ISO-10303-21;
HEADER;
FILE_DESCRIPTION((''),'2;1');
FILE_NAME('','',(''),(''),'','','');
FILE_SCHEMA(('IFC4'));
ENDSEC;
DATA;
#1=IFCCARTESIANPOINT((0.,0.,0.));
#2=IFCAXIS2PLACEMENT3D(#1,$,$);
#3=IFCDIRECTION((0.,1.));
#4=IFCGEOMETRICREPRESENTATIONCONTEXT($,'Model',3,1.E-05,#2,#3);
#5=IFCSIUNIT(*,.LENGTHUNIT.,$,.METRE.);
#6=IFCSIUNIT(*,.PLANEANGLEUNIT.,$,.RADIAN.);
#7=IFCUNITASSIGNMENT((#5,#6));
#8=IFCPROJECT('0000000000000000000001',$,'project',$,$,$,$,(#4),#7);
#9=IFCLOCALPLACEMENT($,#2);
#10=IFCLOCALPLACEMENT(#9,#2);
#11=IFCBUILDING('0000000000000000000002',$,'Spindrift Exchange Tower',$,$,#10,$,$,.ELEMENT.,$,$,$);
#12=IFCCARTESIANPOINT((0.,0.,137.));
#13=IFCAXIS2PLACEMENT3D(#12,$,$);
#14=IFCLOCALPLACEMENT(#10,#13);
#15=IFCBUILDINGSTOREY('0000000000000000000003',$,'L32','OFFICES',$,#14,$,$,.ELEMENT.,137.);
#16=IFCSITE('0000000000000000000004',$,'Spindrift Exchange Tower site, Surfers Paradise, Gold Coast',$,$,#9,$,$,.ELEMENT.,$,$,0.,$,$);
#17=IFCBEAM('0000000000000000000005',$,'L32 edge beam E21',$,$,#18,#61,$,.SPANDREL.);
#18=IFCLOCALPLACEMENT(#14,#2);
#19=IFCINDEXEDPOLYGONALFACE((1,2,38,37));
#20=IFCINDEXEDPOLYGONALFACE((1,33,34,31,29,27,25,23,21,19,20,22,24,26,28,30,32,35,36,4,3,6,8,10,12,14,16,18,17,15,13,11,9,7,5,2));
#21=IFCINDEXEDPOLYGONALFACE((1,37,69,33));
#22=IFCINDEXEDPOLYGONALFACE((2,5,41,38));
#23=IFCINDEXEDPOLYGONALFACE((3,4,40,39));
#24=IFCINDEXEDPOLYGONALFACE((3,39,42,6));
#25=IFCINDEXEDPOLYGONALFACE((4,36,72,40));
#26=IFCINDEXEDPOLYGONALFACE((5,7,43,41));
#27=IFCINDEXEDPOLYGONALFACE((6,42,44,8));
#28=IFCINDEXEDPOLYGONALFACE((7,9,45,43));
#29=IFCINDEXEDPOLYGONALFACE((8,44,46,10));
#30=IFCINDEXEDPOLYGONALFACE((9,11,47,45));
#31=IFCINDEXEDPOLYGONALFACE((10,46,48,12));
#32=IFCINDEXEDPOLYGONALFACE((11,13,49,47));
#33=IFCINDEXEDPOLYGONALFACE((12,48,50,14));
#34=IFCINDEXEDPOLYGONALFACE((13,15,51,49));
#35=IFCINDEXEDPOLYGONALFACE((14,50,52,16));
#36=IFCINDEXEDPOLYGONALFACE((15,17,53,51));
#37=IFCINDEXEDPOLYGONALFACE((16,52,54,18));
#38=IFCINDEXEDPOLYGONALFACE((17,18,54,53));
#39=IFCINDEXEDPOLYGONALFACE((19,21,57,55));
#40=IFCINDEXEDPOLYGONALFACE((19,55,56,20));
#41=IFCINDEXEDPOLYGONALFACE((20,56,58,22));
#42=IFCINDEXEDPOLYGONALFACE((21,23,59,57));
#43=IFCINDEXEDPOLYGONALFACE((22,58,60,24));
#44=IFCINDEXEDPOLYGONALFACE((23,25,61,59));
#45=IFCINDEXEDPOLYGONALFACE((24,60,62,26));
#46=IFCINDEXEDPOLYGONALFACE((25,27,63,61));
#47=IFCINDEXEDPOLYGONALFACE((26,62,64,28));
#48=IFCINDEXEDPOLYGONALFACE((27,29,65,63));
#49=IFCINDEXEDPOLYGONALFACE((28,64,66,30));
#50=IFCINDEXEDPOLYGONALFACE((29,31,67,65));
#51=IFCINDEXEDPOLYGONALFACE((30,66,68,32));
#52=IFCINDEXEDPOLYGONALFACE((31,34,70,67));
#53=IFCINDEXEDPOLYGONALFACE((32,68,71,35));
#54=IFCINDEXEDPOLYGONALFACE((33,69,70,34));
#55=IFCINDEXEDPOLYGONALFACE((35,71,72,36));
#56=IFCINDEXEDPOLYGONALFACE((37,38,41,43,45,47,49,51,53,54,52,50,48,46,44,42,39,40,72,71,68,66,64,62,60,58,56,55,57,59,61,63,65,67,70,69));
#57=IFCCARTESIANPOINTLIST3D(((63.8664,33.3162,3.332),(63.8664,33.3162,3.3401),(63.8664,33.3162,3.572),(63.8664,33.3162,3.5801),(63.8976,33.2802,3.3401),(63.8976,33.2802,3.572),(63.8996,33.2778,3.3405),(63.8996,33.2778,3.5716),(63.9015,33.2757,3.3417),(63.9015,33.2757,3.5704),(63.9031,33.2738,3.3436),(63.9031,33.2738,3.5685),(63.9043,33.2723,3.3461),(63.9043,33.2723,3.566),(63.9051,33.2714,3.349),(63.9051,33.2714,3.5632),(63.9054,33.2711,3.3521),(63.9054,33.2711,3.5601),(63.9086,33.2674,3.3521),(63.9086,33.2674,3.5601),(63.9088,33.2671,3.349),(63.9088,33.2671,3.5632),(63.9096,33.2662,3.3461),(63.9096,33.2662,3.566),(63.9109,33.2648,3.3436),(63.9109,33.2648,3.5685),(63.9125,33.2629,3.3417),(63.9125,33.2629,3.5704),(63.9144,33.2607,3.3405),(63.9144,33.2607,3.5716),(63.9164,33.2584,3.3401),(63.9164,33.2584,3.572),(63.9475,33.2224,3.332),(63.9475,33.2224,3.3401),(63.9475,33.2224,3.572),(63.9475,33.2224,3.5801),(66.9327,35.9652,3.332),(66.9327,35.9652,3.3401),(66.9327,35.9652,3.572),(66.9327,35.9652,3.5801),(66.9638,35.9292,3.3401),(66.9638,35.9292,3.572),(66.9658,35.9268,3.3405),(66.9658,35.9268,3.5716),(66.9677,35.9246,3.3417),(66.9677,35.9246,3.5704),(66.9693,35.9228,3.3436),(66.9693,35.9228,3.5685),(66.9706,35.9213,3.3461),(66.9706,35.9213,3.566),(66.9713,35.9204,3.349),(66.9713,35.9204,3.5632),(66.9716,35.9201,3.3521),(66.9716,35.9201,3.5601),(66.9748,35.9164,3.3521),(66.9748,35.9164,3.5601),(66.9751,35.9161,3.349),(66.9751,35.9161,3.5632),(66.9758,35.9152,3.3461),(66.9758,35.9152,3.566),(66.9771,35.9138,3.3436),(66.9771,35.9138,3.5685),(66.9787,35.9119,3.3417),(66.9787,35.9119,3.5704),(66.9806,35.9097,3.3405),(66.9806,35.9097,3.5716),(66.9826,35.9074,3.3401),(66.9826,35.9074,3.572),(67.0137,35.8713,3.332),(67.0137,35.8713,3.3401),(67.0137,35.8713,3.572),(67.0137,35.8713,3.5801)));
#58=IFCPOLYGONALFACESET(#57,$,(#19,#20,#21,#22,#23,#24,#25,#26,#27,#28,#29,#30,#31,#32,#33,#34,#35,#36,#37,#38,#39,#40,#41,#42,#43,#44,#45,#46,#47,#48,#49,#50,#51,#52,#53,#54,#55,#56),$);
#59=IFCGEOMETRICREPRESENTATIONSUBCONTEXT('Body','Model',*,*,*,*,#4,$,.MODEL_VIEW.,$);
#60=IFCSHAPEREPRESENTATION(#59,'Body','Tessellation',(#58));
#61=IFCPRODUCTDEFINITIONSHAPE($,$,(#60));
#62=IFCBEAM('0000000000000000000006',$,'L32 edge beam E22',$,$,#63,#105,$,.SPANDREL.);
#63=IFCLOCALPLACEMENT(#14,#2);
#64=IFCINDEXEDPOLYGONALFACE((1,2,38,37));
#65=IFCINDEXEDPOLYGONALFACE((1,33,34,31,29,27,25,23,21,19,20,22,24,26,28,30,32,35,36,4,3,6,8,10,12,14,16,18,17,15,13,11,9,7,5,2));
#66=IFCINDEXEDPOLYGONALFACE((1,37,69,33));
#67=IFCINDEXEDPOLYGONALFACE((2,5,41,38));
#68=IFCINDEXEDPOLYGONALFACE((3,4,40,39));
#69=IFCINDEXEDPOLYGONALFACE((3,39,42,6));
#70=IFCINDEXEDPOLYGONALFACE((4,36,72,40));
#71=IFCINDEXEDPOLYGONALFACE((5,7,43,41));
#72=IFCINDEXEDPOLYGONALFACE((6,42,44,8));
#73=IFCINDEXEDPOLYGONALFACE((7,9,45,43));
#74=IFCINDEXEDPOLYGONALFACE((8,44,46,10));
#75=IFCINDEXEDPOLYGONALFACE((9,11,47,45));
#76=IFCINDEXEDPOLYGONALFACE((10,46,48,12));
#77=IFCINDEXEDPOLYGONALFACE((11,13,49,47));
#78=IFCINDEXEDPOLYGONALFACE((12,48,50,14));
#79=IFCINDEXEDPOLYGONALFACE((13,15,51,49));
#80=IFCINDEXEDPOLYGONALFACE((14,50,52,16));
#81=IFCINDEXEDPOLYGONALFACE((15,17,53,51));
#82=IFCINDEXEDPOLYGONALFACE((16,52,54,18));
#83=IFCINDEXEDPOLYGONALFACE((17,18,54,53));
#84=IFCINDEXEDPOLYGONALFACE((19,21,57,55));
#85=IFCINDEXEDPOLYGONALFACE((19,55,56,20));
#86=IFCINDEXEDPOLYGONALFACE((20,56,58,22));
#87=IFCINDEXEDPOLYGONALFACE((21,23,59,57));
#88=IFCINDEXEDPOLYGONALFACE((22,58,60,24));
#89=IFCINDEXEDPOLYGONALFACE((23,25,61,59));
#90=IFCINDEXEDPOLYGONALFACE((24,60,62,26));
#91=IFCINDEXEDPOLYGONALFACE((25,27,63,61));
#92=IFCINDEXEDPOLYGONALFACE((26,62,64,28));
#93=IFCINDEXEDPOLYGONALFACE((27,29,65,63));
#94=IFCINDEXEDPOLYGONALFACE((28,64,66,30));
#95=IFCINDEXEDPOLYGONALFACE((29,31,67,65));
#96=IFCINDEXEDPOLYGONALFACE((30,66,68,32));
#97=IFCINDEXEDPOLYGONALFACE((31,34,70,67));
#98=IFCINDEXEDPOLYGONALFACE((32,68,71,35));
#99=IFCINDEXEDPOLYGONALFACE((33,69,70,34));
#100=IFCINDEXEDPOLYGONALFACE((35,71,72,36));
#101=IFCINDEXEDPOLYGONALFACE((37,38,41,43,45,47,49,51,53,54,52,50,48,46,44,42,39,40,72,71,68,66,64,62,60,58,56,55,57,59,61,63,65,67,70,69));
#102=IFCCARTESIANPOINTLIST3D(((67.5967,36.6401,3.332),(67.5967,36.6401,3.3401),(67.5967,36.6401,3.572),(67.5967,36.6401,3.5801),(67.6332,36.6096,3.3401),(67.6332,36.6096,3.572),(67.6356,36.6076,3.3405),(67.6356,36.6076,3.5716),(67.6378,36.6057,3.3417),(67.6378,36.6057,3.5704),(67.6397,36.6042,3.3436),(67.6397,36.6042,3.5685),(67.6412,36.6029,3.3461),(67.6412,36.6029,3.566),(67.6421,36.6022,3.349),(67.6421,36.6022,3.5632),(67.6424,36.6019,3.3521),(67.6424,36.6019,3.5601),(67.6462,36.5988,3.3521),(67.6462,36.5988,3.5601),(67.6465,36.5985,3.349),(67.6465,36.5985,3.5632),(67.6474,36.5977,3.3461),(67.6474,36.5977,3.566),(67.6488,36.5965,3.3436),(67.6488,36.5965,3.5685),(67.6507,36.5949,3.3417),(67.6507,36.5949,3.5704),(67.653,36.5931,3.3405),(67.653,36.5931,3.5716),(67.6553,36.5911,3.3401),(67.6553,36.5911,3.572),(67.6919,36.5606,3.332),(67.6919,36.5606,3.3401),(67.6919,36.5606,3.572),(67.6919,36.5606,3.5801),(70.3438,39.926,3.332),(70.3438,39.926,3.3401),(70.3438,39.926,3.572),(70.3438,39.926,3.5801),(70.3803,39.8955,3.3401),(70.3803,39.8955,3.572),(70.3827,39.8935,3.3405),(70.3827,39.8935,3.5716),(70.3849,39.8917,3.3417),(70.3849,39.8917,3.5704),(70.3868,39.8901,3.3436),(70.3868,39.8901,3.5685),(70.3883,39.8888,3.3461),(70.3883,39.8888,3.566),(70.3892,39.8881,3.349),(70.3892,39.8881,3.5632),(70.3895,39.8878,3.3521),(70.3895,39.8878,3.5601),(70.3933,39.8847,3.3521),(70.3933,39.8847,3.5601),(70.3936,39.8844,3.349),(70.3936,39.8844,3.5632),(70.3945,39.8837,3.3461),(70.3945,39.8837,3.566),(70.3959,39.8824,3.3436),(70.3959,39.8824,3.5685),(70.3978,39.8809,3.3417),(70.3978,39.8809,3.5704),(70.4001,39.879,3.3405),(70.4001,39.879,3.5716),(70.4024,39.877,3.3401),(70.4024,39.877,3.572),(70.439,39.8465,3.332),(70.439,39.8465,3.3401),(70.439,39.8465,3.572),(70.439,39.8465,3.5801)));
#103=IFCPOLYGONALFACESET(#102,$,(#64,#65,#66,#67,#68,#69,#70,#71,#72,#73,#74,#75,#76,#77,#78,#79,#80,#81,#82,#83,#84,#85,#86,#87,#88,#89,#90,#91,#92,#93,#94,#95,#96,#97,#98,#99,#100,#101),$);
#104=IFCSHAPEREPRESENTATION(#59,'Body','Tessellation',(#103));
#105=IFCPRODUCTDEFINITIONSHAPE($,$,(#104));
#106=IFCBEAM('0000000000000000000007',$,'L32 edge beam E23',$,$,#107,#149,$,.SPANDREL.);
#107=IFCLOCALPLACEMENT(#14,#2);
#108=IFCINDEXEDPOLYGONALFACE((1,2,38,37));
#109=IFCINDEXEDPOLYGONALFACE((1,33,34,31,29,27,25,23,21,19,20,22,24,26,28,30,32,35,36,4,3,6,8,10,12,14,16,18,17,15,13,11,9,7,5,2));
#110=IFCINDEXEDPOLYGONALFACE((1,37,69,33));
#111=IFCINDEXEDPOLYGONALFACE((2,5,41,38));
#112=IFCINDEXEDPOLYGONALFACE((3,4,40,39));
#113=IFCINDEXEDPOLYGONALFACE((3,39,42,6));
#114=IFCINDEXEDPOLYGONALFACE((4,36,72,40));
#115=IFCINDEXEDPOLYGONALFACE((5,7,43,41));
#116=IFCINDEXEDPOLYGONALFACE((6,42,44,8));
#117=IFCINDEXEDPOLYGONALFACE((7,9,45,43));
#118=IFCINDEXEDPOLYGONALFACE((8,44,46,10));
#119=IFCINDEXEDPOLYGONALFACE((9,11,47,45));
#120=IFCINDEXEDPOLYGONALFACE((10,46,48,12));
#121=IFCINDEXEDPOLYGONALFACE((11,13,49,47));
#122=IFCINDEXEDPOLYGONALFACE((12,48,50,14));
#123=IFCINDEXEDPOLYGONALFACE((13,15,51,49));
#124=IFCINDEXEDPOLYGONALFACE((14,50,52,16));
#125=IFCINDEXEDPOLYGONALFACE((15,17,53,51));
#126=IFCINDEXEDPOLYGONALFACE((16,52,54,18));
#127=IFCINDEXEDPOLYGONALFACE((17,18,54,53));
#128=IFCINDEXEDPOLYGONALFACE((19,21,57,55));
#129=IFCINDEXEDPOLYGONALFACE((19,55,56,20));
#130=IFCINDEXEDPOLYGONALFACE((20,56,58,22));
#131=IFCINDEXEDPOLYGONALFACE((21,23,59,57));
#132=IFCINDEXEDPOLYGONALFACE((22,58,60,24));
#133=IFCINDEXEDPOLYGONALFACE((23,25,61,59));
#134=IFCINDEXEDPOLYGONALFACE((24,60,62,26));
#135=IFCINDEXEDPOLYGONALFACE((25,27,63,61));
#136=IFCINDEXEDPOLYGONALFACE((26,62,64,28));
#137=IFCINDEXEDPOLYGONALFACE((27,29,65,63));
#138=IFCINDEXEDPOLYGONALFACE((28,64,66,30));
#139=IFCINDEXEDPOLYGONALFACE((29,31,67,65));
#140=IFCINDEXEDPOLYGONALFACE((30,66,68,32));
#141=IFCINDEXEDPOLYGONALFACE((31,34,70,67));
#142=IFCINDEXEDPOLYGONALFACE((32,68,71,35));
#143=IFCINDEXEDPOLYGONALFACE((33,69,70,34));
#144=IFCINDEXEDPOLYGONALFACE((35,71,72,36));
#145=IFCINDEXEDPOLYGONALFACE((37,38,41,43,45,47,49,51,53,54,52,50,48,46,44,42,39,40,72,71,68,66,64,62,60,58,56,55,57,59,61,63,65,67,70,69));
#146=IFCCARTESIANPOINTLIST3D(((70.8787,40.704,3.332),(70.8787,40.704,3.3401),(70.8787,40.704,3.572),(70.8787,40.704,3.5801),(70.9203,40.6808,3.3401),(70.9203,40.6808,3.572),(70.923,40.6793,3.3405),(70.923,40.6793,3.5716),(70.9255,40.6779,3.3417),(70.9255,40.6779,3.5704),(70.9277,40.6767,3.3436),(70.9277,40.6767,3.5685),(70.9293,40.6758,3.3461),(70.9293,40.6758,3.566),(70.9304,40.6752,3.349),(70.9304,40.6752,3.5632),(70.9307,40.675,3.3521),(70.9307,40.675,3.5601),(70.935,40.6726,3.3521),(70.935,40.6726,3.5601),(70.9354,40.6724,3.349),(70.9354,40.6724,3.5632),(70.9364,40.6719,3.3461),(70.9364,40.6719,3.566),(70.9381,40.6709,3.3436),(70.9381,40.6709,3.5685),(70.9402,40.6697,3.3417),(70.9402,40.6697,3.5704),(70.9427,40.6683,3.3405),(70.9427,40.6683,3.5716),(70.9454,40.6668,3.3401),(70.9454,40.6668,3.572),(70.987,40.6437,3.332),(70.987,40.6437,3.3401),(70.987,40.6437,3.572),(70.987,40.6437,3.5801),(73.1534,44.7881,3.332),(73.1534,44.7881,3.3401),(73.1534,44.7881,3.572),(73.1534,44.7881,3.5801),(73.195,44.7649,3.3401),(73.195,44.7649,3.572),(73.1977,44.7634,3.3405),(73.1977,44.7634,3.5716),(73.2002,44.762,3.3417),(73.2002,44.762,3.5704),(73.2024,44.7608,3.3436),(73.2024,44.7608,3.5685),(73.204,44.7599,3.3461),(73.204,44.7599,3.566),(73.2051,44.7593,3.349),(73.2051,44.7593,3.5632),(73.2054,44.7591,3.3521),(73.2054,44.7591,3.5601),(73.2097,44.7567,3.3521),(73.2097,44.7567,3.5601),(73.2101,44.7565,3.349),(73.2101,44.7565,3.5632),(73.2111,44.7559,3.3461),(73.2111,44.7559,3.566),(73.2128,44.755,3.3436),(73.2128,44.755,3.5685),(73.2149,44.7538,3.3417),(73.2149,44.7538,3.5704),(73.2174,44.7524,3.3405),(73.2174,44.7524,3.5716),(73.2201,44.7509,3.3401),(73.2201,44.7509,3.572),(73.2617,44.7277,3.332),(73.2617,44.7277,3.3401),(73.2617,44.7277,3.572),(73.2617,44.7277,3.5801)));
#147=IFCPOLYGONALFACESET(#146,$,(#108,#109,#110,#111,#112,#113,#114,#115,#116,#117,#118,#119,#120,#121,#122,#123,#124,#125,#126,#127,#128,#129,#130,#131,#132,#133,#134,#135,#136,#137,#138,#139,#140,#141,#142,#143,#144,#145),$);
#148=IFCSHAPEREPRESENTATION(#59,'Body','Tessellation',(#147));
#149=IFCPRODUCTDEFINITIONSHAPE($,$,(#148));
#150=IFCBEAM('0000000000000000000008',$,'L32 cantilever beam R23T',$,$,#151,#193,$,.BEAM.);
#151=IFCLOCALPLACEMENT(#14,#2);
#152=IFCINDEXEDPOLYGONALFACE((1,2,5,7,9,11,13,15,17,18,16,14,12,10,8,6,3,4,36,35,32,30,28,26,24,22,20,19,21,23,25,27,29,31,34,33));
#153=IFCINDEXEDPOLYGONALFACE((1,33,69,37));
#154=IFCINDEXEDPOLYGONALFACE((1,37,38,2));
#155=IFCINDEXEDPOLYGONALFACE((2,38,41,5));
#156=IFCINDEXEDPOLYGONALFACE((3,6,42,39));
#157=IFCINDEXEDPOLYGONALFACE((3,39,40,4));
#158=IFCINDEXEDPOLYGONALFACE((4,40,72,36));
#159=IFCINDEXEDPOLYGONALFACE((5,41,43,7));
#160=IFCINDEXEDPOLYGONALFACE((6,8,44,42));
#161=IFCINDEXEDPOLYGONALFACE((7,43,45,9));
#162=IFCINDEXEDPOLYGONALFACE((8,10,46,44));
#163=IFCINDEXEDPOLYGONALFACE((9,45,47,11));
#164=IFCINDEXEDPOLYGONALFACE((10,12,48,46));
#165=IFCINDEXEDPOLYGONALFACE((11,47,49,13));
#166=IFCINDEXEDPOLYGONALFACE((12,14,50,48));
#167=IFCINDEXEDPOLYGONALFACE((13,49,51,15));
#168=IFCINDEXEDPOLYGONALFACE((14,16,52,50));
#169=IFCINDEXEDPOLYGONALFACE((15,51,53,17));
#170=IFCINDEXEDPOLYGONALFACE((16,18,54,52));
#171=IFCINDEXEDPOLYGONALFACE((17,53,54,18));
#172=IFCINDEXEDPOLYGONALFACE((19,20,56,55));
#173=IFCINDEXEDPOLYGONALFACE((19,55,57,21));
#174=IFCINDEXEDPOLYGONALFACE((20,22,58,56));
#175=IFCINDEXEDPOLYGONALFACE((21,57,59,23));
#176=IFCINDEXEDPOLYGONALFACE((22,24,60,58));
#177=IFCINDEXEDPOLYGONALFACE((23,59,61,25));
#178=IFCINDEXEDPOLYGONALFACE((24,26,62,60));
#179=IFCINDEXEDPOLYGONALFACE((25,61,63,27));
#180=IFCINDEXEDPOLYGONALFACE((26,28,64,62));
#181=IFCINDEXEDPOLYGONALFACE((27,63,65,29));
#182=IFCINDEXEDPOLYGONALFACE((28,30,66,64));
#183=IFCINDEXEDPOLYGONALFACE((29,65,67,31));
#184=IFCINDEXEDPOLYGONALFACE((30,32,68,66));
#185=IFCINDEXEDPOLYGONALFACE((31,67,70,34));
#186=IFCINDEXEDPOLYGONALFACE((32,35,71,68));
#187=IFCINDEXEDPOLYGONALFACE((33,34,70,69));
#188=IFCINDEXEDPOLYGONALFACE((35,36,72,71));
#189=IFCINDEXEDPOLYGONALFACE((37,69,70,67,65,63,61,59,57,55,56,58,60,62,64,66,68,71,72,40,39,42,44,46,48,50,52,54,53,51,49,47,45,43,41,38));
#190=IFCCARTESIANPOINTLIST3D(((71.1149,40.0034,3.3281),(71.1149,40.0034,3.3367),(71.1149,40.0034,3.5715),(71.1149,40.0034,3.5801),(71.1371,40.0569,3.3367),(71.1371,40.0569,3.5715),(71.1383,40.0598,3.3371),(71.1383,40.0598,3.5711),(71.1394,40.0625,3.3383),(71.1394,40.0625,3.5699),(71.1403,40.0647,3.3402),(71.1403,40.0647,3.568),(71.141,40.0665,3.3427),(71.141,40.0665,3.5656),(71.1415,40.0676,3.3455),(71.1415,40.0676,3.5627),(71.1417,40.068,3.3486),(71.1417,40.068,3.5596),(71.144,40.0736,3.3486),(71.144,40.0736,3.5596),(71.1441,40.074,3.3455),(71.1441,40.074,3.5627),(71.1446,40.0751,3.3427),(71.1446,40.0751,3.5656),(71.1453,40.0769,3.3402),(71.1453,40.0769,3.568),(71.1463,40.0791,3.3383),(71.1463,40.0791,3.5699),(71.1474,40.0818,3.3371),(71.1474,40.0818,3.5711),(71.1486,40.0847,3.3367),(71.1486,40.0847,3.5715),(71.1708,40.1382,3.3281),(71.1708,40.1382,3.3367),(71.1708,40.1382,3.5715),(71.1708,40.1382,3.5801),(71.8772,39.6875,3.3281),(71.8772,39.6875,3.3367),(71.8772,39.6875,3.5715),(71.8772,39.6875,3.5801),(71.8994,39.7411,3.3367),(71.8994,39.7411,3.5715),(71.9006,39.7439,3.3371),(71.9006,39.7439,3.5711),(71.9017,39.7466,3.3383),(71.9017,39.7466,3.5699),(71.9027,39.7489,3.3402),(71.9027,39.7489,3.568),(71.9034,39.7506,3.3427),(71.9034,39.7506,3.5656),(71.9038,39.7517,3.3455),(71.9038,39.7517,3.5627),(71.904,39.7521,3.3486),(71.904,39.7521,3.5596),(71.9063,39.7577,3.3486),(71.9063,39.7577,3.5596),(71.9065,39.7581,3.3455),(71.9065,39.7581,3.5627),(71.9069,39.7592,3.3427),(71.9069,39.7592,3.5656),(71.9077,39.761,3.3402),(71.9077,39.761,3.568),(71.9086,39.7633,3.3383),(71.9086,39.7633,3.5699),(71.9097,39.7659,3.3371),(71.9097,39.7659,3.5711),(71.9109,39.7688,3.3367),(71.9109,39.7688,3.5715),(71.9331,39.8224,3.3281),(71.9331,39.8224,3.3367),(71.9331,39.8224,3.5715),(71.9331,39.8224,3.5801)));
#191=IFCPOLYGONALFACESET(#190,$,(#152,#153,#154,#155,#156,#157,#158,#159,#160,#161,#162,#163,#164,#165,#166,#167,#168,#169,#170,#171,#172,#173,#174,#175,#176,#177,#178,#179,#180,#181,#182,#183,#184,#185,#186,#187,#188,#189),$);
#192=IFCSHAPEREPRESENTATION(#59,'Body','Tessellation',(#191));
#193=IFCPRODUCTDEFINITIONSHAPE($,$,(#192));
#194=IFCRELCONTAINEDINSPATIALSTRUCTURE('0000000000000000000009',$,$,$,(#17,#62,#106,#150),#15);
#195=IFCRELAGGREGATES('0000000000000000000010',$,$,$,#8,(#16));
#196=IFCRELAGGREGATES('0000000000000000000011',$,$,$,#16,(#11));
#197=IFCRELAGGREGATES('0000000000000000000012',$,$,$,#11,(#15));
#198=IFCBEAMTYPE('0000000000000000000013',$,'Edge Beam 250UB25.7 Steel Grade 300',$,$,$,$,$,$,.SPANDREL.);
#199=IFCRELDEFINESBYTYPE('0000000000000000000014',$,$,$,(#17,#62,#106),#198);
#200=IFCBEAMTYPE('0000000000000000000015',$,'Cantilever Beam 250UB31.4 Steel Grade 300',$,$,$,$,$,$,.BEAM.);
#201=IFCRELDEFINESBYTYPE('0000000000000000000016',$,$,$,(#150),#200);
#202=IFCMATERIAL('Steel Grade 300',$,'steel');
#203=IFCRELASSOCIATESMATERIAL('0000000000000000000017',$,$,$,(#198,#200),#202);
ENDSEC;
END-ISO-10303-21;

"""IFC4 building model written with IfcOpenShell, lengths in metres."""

from ifc_helpers import new_model, si_unit, direction, frame, origin, origin_2d, place, context, subcontext, project, spatial, i_section, extrude, source, transform, mapped, material, material_profile, profile_set, type_object, element, save


model = new_model("IFC4")

# Units and contexts
model_context = context("Model", 3, precision=1e-05, world=origin(), true_north=direction((0.0, 1.0)))
body_context = subcontext(model_context, "Body", "Model", "MODEL_VIEW")
ifc_project = project(units=[si_unit("LENGTHUNIT", "METRE"), si_unit("PLANEANGLEUNIT", "RADIAN")], contexts=[model_context])

# Site, building, storey
site_placement = place(None, origin())
site = spatial("IfcSite", under=ifc_project, at=site_placement, Name="Spindrift Exchange Tower site, Surfers Paradise, Gold Coast", CompositionType="ELEMENT", RefElevation=0.0)
building_placement = place(site_placement, origin())
building = spatial("IfcBuilding", under=site, at=building_placement, Name="Spindrift Exchange Tower", CompositionType="ELEMENT")
storey_placement = place(building_placement, frame((0.0, 0.0, 137.0)))
storey = spatial("IfcBuildingStorey", under=building, at=storey_placement, Name="L32", Description="OFFICES", CompositionType="ELEMENT", Elevation=137.0)

# Beams
ifc_material_1 = material(Name="Steel Grade 300", Category="steel")
ifc_material_profile_1 = material_profile(ifc_material_1, i_section(OverallWidth=0.124, OverallDepth=0.248, WebThickness=0.0049, FlangeThickness=0.0081, FilletRadius=0.012, at=origin_2d()), Name="250UB25.7")
ifc_profile_set_1 = profile_set([ifc_material_profile_1], Name="Steel Grade 300")
beam_type_1 = type_object("IfcBeamType", Name="Edge Beam 250UB25.7 Steel Grade 300", PredefinedType="SPANDREL", material=ifc_profile_set_1)
shared_shape_1 = source(origin(), body_context, "Body", "SweptSolid", [
    extrude(i_section(OverallWidth=0.124, OverallDepth=0.248, WebThickness=0.0049, FlangeThickness=0.0081, FilletRadius=0.012, at=origin_2d()), origin(), (0.0, 0.0, 1.0), 4.052),
])
beam_1_placement = place(storey_placement, frame((63.907, 33.2693, 3.4561), z_axis=(0.756716, 0.653744, 0.0), x_axis=(-0.653744, 0.756716, 0.0)))
element("IfcBeam", 1, at=beam_1_placement, inside=storey, type_object=beam_type_1, Name="L32 edge beam E21", PredefinedType="SPANDREL", context=body_context, shape_type="MappedRepresentation", body=[
    mapped(shared_shape_1, transform((0.0, 0.0, 0.0), scale=1.0)),
])
shared_shape_2 = source(origin(), body_context, "Body", "SweptSolid", [
    extrude(i_section(OverallWidth=0.124, OverallDepth=0.248, WebThickness=0.0049, FlangeThickness=0.0081, FilletRadius=0.012, at=origin_2d()), origin(), (0.0, 0.0, 1.0), 4.283),
])
beam_2_placement = place(storey_placement, frame((67.6443, 36.6003, 3.4561), z_axis=(0.6414, 0.767206, 0.0), x_axis=(-0.767206, 0.6414, 0.0)))
element("IfcBeam", 2, at=beam_2_placement, inside=storey, type_object=beam_type_1, Name="L32 edge beam E22", PredefinedType="SPANDREL", context=body_context, shape_type="MappedRepresentation", body=[
    mapped(shared_shape_2, transform((0.0, 0.0, 0.0), scale=1.0)),
])
shared_shape_3 = source(origin(), body_context, "Body", "SweptSolid", [
    extrude(i_section(OverallWidth=0.124, OverallDepth=0.248, WebThickness=0.0049, FlangeThickness=0.0081, FilletRadius=0.012, at=origin_2d()), origin(), (0.0, 0.0, 1.0), 4.6748),
])
beam_3_placement = place(storey_placement, frame((70.9329, 40.6738, 3.4561), z_axis=(0.486587, 0.873632, 0.0), x_axis=(-0.873632, 0.486587, 0.0)))
element("IfcBeam", 3, at=beam_3_placement, inside=storey, type_object=beam_type_1, Name="L32 edge beam E23", PredefinedType="SPANDREL", context=body_context, shape_type="MappedRepresentation", body=[
    mapped(shared_shape_3, transform((0.0, 0.0, 0.0), scale=1.0)),
])
ifc_material_profile_2 = material_profile(ifc_material_1, i_section(OverallWidth=0.146, OverallDepth=0.252, WebThickness=0.0061, FlangeThickness=0.0085, FilletRadius=0.012, at=origin_2d()), Name="250UB31.4")
ifc_profile_set_2 = profile_set([ifc_material_profile_2], Name="Steel Grade 300")
beam_type_2 = type_object("IfcBeamType", Name="Cantilever Beam 250UB31.4 Steel Grade 300", PredefinedType="BEAM", material=ifc_profile_set_2)
shared_shape_4 = source(origin(), body_context, "Body", "SweptSolid", [
    extrude(i_section(OverallWidth=0.146, OverallDepth=0.252, WebThickness=0.0061, FlangeThickness=0.0085, FilletRadius=0.012, at=origin_2d()), origin(), (0.0, 0.0, 1.0), 0.8252),
])
beam_4_placement = place(storey_placement, frame((71.1428, 40.0708, 3.4541), z_axis=(0.923837, -0.382787, 0.0), x_axis=(0.382787, 0.923837, 0.0)))
element("IfcBeam", 4, at=beam_4_placement, inside=storey, type_object=beam_type_2, Name="L32 cantilever beam R23T", PredefinedType="BEAM", context=body_context, shape_type="MappedRepresentation", body=[
    mapped(shared_shape_4, transform((0.0, 0.0, 0.0), scale=1.0)),
])

save(model, "model.ifc")
